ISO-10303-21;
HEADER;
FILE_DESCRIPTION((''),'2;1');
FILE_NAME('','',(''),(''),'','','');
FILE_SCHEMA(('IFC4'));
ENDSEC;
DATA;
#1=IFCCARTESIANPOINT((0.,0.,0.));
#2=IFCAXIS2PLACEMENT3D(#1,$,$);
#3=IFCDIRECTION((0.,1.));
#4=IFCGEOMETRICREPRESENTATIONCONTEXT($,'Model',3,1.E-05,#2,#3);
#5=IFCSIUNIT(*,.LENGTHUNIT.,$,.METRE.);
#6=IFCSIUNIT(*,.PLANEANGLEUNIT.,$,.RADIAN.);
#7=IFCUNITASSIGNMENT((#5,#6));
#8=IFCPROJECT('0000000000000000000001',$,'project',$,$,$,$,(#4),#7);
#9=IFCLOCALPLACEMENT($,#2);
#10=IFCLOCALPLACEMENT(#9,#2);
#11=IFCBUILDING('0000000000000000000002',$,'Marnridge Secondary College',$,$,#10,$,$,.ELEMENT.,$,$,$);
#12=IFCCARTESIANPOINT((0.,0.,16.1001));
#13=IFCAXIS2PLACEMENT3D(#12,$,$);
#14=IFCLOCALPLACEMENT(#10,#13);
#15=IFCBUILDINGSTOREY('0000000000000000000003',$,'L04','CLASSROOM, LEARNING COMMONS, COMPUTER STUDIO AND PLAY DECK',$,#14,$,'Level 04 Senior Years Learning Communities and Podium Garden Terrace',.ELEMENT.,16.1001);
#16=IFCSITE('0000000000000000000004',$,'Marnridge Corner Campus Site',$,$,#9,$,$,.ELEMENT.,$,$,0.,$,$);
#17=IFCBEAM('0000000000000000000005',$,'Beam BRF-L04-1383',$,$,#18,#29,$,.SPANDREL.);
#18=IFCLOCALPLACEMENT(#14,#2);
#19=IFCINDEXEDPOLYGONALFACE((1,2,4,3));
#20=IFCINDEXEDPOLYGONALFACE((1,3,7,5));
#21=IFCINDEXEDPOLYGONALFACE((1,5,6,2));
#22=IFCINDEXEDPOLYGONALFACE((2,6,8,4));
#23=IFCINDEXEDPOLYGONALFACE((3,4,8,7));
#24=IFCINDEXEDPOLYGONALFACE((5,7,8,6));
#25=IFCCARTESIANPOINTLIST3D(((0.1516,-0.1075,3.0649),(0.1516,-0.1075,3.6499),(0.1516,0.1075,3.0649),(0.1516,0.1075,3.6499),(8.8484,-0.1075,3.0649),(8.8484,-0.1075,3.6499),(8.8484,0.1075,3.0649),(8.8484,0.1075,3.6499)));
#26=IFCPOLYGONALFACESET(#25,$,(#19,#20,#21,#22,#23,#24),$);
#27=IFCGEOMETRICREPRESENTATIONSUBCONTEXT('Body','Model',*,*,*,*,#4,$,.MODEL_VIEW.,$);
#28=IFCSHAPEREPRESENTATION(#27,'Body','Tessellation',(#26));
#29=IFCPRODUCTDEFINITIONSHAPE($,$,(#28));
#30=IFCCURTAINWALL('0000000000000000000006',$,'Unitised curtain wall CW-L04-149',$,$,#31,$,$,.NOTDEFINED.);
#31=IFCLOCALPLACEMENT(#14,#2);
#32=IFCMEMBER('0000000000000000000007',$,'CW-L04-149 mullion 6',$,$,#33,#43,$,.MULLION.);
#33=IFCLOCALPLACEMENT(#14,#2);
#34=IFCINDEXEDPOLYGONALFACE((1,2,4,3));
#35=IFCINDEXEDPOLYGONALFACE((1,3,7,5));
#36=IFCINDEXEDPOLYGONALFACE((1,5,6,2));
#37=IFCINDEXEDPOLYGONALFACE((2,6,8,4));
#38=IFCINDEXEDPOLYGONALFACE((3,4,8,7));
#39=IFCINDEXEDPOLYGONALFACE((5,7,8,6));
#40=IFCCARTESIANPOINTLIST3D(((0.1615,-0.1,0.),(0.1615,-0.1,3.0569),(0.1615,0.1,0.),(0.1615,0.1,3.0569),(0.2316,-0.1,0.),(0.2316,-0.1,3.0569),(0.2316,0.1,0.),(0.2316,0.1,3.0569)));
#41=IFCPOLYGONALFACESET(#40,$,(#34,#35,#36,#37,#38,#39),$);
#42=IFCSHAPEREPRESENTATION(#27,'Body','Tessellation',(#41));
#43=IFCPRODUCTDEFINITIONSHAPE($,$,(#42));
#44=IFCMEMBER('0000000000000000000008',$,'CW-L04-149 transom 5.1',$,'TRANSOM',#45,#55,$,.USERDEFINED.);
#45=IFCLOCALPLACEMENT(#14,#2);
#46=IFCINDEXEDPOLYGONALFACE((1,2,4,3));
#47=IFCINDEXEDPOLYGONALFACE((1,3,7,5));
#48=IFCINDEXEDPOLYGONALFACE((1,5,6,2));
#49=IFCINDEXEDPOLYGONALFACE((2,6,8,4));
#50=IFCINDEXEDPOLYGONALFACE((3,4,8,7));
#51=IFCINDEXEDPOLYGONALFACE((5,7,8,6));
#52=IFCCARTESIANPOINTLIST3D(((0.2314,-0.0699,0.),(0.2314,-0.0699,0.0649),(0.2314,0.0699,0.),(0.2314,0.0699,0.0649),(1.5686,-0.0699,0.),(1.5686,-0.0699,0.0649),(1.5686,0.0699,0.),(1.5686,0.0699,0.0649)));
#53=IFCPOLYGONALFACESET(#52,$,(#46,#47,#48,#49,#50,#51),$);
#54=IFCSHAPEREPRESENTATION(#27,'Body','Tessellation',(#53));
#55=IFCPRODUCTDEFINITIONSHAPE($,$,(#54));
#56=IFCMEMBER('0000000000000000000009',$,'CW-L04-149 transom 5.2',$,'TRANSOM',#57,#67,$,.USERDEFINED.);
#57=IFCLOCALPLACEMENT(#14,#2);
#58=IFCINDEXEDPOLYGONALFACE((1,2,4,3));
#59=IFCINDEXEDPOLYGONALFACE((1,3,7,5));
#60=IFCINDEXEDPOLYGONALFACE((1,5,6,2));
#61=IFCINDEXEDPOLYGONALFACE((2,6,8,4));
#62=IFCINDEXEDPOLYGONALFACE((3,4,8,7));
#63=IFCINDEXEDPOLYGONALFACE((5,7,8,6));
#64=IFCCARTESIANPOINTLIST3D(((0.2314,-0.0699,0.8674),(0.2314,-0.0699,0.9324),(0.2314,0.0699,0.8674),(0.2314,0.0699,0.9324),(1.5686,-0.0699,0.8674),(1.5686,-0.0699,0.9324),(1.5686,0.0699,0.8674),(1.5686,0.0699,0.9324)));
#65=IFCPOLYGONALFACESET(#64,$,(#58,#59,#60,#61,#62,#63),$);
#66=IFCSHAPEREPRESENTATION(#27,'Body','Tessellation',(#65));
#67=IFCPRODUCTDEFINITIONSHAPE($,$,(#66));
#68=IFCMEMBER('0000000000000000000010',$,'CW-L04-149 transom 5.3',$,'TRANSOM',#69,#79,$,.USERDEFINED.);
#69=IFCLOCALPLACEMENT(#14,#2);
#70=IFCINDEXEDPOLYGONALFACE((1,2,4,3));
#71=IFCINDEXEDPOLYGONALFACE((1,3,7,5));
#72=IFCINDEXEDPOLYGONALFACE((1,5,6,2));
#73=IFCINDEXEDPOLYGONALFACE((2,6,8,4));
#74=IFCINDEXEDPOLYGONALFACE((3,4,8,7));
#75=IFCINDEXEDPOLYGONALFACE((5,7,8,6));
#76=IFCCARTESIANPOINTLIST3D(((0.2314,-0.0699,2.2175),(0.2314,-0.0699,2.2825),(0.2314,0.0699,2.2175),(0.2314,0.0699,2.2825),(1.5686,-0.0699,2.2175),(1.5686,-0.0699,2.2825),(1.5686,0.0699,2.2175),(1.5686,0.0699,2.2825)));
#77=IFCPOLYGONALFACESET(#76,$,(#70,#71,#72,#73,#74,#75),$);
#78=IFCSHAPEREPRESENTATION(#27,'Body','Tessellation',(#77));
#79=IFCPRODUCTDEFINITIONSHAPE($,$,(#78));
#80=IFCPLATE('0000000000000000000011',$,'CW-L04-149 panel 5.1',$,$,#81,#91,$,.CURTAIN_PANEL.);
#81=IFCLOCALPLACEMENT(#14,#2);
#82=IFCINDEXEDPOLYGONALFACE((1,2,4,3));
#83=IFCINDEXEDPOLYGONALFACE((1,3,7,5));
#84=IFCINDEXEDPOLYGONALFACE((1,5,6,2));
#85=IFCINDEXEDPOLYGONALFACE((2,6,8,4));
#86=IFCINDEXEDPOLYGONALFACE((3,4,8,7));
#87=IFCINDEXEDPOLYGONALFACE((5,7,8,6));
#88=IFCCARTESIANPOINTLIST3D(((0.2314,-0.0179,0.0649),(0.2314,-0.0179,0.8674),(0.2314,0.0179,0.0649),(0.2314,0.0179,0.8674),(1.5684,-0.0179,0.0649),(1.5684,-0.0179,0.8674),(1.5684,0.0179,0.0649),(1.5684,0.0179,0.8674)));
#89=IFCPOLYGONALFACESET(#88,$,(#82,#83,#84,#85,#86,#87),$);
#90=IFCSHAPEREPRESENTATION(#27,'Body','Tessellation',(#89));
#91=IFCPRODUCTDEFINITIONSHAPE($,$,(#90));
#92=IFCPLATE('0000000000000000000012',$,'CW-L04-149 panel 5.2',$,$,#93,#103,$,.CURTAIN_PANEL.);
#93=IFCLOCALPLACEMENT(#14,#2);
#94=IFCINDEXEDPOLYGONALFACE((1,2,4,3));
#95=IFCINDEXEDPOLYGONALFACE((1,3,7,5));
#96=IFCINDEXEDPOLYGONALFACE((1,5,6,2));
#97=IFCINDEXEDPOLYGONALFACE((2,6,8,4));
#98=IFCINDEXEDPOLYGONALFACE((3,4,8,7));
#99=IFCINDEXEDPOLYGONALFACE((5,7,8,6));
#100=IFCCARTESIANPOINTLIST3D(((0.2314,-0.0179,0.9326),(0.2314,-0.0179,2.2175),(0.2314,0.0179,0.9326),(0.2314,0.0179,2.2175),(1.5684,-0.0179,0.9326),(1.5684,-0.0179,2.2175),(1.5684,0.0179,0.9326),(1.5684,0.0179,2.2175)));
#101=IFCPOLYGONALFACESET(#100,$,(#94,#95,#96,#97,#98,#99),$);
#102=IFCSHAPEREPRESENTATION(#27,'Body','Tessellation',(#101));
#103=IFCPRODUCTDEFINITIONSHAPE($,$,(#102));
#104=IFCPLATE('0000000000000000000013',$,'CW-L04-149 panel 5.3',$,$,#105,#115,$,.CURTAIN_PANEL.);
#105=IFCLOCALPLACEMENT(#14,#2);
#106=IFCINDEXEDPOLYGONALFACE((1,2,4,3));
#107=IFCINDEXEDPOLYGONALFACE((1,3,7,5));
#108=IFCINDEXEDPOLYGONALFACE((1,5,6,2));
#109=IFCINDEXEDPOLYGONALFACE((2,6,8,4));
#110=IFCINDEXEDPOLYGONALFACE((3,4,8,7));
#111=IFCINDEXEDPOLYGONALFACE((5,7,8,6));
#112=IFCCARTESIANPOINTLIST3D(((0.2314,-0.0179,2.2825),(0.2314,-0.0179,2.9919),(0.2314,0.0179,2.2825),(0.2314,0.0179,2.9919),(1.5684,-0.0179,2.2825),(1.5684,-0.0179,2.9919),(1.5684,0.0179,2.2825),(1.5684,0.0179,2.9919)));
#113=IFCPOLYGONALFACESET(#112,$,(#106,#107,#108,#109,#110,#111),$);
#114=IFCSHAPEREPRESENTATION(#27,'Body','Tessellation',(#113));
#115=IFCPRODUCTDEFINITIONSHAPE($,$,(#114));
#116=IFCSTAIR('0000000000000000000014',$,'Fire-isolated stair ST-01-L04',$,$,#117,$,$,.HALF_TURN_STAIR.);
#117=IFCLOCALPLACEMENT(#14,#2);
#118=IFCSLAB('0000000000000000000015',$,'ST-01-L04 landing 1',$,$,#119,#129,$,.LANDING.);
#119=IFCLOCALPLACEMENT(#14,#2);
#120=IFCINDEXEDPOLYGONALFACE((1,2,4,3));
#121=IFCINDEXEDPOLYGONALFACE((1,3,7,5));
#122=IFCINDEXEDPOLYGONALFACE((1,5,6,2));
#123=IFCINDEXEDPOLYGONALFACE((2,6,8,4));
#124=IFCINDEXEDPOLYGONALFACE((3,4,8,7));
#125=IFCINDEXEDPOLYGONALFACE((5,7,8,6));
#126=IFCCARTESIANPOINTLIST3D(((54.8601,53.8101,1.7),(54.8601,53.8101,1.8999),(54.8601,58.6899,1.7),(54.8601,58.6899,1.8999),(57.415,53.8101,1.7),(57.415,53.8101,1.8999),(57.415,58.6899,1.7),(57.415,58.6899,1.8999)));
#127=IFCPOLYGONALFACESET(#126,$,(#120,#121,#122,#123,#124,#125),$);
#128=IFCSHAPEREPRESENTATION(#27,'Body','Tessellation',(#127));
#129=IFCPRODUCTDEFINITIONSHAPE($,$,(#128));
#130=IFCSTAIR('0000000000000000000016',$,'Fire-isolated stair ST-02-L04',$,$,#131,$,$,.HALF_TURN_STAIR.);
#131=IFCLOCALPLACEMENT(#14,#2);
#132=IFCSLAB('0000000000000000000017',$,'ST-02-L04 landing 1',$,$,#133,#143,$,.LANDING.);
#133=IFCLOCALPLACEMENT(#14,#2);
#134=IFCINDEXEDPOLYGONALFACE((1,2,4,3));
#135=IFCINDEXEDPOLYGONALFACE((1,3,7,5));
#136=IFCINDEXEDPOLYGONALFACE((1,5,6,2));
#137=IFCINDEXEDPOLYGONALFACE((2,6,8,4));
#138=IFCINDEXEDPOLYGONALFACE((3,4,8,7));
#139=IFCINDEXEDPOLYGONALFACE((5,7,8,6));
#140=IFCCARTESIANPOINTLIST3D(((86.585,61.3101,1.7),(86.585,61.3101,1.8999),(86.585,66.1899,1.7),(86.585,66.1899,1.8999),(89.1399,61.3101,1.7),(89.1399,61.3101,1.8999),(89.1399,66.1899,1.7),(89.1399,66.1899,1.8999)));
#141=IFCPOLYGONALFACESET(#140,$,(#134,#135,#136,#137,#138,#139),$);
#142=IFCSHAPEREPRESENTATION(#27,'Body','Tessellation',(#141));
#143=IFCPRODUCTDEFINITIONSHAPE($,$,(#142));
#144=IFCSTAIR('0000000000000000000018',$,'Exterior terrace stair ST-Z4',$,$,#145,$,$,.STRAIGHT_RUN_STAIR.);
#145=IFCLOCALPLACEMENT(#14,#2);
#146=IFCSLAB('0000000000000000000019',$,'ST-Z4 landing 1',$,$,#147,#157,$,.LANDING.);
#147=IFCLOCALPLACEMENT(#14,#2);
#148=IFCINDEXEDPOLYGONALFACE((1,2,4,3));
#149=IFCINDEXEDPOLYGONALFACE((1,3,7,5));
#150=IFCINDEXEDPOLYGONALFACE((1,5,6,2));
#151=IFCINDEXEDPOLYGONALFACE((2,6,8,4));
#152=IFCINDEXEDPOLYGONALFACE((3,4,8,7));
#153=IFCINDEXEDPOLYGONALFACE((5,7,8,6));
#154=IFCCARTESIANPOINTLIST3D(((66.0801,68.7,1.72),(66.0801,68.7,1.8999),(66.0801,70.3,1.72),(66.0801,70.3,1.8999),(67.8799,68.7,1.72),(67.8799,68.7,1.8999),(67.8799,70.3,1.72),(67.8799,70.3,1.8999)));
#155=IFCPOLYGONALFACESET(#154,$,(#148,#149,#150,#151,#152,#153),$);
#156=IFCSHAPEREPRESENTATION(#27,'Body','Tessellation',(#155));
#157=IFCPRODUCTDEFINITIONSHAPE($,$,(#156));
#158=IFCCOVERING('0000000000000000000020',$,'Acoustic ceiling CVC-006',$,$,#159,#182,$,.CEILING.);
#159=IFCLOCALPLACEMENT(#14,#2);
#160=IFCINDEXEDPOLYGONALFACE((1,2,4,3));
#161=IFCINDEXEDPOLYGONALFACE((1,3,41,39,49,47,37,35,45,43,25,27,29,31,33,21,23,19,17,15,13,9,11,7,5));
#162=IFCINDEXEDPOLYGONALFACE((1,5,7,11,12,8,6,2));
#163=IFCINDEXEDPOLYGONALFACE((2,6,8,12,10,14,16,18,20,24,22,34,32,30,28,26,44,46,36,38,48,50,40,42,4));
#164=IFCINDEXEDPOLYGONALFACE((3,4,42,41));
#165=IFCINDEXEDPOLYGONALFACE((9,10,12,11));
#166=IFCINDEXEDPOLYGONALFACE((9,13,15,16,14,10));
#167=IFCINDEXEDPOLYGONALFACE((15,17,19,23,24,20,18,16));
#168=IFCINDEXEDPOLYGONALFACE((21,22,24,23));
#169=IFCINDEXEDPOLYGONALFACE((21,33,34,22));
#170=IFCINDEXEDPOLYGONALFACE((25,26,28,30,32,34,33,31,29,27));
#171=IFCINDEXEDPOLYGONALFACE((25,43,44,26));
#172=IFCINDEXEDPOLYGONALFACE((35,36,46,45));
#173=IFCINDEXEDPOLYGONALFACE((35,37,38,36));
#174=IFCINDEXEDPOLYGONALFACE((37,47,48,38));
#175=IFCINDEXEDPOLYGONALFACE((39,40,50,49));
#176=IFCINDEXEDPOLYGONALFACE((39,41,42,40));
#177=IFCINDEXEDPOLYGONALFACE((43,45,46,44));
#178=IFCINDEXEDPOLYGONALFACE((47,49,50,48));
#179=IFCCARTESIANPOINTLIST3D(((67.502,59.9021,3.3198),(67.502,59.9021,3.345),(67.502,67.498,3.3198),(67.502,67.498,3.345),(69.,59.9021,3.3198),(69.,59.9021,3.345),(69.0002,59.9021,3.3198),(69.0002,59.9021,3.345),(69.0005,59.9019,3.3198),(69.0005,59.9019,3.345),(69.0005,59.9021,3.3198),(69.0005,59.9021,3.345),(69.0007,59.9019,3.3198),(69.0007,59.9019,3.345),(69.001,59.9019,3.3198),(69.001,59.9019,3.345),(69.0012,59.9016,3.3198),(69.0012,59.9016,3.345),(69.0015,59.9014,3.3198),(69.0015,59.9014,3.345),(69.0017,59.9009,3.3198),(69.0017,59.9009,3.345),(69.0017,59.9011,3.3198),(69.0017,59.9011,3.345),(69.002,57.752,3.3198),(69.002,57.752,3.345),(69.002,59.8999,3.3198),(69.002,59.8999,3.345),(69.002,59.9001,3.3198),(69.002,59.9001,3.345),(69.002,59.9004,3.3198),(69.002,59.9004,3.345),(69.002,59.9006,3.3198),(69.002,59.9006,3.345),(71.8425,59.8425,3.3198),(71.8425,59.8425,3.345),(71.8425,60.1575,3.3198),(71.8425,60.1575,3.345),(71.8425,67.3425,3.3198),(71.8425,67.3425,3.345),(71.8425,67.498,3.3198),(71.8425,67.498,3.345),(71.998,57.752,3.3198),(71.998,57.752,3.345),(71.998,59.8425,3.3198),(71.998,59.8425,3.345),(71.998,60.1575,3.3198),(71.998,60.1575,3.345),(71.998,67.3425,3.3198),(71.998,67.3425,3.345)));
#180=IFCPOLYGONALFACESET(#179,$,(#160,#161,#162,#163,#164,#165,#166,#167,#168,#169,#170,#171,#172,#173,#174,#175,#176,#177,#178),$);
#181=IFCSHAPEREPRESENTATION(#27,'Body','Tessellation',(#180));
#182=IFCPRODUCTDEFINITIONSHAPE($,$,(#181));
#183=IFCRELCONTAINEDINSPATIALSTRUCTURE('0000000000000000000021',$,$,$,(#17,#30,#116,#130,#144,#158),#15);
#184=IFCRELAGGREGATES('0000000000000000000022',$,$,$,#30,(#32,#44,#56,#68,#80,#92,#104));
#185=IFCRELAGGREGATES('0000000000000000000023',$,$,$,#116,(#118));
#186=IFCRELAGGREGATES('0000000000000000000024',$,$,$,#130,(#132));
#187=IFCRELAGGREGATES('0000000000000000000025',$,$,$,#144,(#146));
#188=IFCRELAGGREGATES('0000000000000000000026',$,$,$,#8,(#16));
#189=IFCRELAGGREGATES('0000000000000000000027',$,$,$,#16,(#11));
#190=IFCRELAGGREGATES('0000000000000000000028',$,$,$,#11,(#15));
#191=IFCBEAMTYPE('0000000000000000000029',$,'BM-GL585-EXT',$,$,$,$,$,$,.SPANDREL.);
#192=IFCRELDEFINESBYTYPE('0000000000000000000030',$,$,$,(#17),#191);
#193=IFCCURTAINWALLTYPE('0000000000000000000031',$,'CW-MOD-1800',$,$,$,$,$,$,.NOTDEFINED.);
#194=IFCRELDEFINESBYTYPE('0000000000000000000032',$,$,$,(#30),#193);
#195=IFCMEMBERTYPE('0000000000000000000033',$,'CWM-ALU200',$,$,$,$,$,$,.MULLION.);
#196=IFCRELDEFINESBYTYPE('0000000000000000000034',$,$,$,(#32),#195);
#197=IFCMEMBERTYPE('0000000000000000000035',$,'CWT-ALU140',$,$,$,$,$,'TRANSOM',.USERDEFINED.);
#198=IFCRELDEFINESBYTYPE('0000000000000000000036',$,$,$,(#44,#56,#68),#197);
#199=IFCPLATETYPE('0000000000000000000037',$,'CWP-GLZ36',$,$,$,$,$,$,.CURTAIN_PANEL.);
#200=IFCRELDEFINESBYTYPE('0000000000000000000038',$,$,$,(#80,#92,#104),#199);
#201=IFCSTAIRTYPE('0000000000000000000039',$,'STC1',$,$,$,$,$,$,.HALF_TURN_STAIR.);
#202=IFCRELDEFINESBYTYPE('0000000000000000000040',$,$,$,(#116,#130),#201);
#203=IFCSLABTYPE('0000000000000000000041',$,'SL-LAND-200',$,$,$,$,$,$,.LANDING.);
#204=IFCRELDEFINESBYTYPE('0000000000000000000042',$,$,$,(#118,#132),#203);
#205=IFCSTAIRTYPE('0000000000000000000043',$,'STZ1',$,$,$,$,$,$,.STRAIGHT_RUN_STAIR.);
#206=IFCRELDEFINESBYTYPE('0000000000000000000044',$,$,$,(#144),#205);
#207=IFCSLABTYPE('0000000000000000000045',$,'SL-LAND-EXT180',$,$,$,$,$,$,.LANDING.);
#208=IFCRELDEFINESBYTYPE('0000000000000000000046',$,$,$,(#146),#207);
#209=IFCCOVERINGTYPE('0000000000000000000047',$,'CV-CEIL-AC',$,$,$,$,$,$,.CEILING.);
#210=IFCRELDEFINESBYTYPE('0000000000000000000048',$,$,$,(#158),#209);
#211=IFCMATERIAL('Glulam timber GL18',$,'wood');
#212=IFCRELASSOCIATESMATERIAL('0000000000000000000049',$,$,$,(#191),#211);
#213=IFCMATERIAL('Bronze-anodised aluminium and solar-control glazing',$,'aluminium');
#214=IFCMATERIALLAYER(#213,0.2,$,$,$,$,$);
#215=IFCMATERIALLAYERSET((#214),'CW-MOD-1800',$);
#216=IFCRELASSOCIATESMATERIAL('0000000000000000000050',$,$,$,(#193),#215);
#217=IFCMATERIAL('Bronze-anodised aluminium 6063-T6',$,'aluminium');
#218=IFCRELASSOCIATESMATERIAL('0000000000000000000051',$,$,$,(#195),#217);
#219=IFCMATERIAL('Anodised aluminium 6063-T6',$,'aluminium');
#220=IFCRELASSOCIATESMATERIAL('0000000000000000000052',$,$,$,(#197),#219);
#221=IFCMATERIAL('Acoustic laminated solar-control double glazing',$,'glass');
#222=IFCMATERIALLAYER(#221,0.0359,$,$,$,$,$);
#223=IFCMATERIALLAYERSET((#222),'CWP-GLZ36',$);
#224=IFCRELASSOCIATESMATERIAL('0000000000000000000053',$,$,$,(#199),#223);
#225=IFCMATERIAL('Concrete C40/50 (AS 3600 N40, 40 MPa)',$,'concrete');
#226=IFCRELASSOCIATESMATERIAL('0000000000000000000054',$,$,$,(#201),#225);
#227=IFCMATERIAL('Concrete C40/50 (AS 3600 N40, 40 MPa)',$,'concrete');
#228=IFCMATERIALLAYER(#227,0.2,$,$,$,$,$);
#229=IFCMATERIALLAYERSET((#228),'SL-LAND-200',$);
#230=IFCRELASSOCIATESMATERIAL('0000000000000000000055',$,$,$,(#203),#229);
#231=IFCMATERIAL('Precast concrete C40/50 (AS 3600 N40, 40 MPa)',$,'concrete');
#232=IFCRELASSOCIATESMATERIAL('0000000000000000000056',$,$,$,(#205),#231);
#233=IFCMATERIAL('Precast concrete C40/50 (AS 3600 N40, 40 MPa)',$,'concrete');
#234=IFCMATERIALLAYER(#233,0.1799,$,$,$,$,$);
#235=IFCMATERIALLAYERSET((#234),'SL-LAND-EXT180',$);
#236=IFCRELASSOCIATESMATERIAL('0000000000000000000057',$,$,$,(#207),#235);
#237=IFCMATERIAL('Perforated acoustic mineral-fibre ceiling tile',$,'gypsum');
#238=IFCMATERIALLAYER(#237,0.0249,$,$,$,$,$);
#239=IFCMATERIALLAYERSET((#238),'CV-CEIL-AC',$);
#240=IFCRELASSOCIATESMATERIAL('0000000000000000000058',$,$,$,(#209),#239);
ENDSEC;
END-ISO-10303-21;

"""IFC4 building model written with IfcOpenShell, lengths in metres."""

from ifc_helpers import new_model, si_unit, direction, frame, origin, origin_2d, place, context, subcontext, project, spatial, polyline, rectangle, outline, extrude, material, layer, layer_set, material_profile, profile_set, type_object, element, aggregate, save


model = new_model("IFC4")

# Units and contexts
model_context = context("Model", 3, precision=1e-05, world=origin(), true_north=direction((0.0, 1.0)))
body_context = subcontext(model_context, "Body", "Model", "MODEL_VIEW")
ifc_project = project(units=[si_unit("LENGTHUNIT", "METRE"), si_unit("PLANEANGLEUNIT", "RADIAN")], contexts=[model_context])

# Site, building, storey
site_placement = place(None, origin())
site = spatial("IfcSite", under=ifc_project, at=site_placement, Name="Marnridge Corner Campus Site", CompositionType="ELEMENT", RefElevation=0.0)
building_placement = place(site_placement, origin())
building = spatial("IfcBuilding", under=site, at=building_placement, Name="Marnridge Secondary College", CompositionType="ELEMENT")
storey_placement = place(building_placement, frame((0.0, 0.0, 16.1001)))
storey = spatial("IfcBuildingStorey", under=building, at=storey_placement, Name="L04", Description="CLASSROOM, LEARNING COMMONS, COMPUTER STUDIO AND PLAY DECK", LongName="Level 04 Senior Years Learning Communities and Podium Garden Terrace", CompositionType="ELEMENT", Elevation=16.1001)

# Beam
ifc_material_1 = material(Name="Glulam timber GL18", Category="wood")
ifc_material_profile_1 = material_profile(ifc_material_1, rectangle(XDim=0.2151, YDim=0.585, at=origin_2d()), Name="GL18 215x585")
ifc_profile_set_1 = profile_set([ifc_material_profile_1], Name="Glulam timber GL18")
beam_type = type_object("IfcBeamType", Name="BM-GL585-EXT", PredefinedType="SPANDREL", material=ifc_profile_set_1)
beam_placement = place(storey_placement, frame((0.1516, 0.0, 3.3574), z_axis=(1.0, 0.0, 0.0), x_axis=(0.0, 1.0, 0.0)))
element("IfcBeam", 1, at=beam_placement, inside=storey, type_object=beam_type, Name="Beam BRF-L04-1383", PredefinedType="SPANDREL", context=body_context, shape_type="SweptSolid", body=[
    extrude(rectangle(XDim=0.2151, YDim=0.585, at=origin_2d()), origin(), (0.0, 0.0, 1.0), 8.6968),
])

# Curtain wall, members, plates
ifc_material_2 = material(Name="Bronze-anodised aluminium and solar-control glazing", Category="aluminium")
ifc_layer_1 = layer(ifc_material_2, 0.2)
ifc_layer_set_1 = layer_set([ifc_layer_1], Name="CW-MOD-1800")
curtain_wall_type = type_object("IfcCurtainWallType", Name="CW-MOD-1800", PredefinedType="NOTDEFINED", material=ifc_layer_set_1)
curtain_wall_placement = place(storey_placement, origin())
curtain_wall = element("IfcCurtainWall", 2, at=curtain_wall_placement, inside=storey, type_object=curtain_wall_type, Name="Unitised curtain wall CW-L04-149", PredefinedType="NOTDEFINED")
ifc_material_3 = material(Name="Bronze-anodised aluminium 6063-T6", Category="aluminium")
ifc_material_profile_2 = material_profile(ifc_material_3, rectangle(XDim=0.0701, YDim=0.2, at=origin_2d()), Name="ALU 70x200")
ifc_profile_set_2 = profile_set([ifc_material_profile_2], Name="Bronze-anodised aluminium 6063-T6")
member_type_1 = type_object("IfcMemberType", Name="CWM-ALU200", PredefinedType="MULLION", material=ifc_profile_set_2)
member_1_placement = place(storey_placement, frame((0.1965, 0.0, 0.0), z_axis=(0.0, 0.0, 1.0), x_axis=(-1.0, 0.0, 0.0)))
member_1 = element("IfcMember", 3, at=member_1_placement, type_object=member_type_1, Name="CW-L04-149 mullion 6", PredefinedType="MULLION", context=body_context, shape_type="SweptSolid", body=[
    extrude(rectangle(XDim=0.0701, YDim=0.2, at=origin_2d()), origin(), (0.0, 0.0, 1.0), 3.0569),
])
ifc_material_4 = material(Name="Anodised aluminium 6063-T6", Category="aluminium")
ifc_material_profile_3 = material_profile(ifc_material_4, rectangle(XDim=0.0649, YDim=0.1399, at=origin_2d()), Name="ALU 65x140")
ifc_profile_set_3 = profile_set([ifc_material_profile_3], Name="Anodised aluminium 6063-T6")
member_type_2 = type_object("IfcMemberType", Name="CWT-ALU140", ElementType="TRANSOM", PredefinedType="USERDEFINED", material=ifc_profile_set_3)
member_2_placement = place(storey_placement, frame((1.5686, 0.0, 0.0325), z_axis=(-1.0, 0.0, 0.0), x_axis=(0.0, 0.0, 1.0)))
member_2 = element("IfcMember", 4, at=member_2_placement, type_object=member_type_2, Name="CW-L04-149 transom 5.1", ObjectType="TRANSOM", PredefinedType="USERDEFINED", context=body_context, shape_type="SweptSolid", body=[
    extrude(rectangle(XDim=0.0649, YDim=0.1399, at=origin_2d()), origin(), (0.0, 0.0, 1.0), 1.3372),
])
member_3_placement = place(storey_placement, frame((1.5686, 0.0, 0.8999), z_axis=(-1.0, 0.0, 0.0), x_axis=(0.0, 0.0, 1.0)))
member_3 = element("IfcMember", 5, at=member_3_placement, type_object=member_type_2, Name="CW-L04-149 transom 5.2", ObjectType="TRANSOM", PredefinedType="USERDEFINED", context=body_context, shape_type="SweptSolid", body=[
    extrude(rectangle(XDim=0.0649, YDim=0.1399, at=origin_2d()), origin(), (0.0, 0.0, 1.0), 1.3372),
])
member_4_placement = place(storey_placement, frame((1.5686, 0.0, 2.25), z_axis=(-1.0, 0.0, 0.0), x_axis=(0.0, 0.0, 1.0)))
member_4 = element("IfcMember", 6, at=member_4_placement, type_object=member_type_2, Name="CW-L04-149 transom 5.3", ObjectType="TRANSOM", PredefinedType="USERDEFINED", context=body_context, shape_type="SweptSolid", body=[
    extrude(rectangle(XDim=0.0649, YDim=0.1399, at=origin_2d()), origin(), (0.0, 0.0, 1.0), 1.3372),
])
ifc_material_5 = material(Name="Acoustic laminated solar-control double glazing", Category="glass")
ifc_layer_2 = layer(ifc_material_5, 0.0359)
ifc_layer_set_2 = layer_set([ifc_layer_2], Name="CWP-GLZ36")
plate_type = type_object("IfcPlateType", Name="CWP-GLZ36", PredefinedType="CURTAIN_PANEL", material=ifc_layer_set_2)
plate_1_placement = place(storey_placement, frame((0.8999, 0.0, 0.0649), z_axis=(0.0, 0.0, 1.0), x_axis=(-1.0, 0.0, 0.0)))
plate_1 = element("IfcPlate", 7, at=plate_1_placement, type_object=plate_type, Name="CW-L04-149 panel 5.1", PredefinedType="CURTAIN_PANEL", context=body_context, shape_type="SweptSolid", body=[
    extrude(rectangle(XDim=1.3369, YDim=0.0359, at=origin_2d()), origin(), (0.0, 0.0, 1.0), 0.8025),
])
plate_2_placement = place(storey_placement, frame((0.8999, 0.0, 0.9326), z_axis=(0.0, 0.0, 1.0), x_axis=(-1.0, 0.0, 0.0)))
plate_2 = element("IfcPlate", 8, at=plate_2_placement, type_object=plate_type, Name="CW-L04-149 panel 5.2", PredefinedType="CURTAIN_PANEL", context=body_context, shape_type="SweptSolid", body=[
    extrude(rectangle(XDim=1.3369, YDim=0.0359, at=origin_2d()), origin(), (0.0, 0.0, 1.0), 1.2849),
])
plate_3_placement = place(storey_placement, frame((0.8999, 0.0, 2.2825), z_axis=(0.0, 0.0, 1.0), x_axis=(-1.0, 0.0, 0.0)))
plate_3 = element("IfcPlate", 9, at=plate_3_placement, type_object=plate_type, Name="CW-L04-149 panel 5.3", PredefinedType="CURTAIN_PANEL", context=body_context, shape_type="SweptSolid", body=[
    extrude(rectangle(XDim=1.3369, YDim=0.0359, at=origin_2d()), origin(), (0.0, 0.0, 1.0), 0.7095),
])
aggregate(curtain_wall, [member_1, member_2, member_3, member_4, plate_1, plate_2, plate_3])

# Stairs, slabs
ifc_material_6 = material(Name="Concrete C40/50 (AS 3600 N40, 40 MPa)", Category="concrete")
stair_type_1 = type_object("IfcStairType", Name="STC1", PredefinedType="HALF_TURN_STAIR", material=ifc_material_6)
stair_1_placement = place(storey_placement, origin())
stair_1 = element("IfcStair", 10, at=stair_1_placement, inside=storey, type_object=stair_type_1, Name="Fire-isolated stair ST-01-L04", PredefinedType="HALF_TURN_STAIR")
ifc_material_7 = material(Name="Concrete C40/50 (AS 3600 N40, 40 MPa)", Category="concrete")
ifc_layer_3 = layer(ifc_material_7, 0.2)
ifc_layer_set_3 = layer_set([ifc_layer_3], Name="SL-LAND-200")
slab_type_1 = type_object("IfcSlabType", Name="SL-LAND-200", PredefinedType="LANDING", material=ifc_layer_set_3)
slab_1_placement = place(storey_placement, frame((0.0, 0.0, 1.7)))
slab_1 = element("IfcSlab", 11, at=slab_1_placement, type_object=slab_type_1, Name="ST-01-L04 landing 1", PredefinedType="LANDING", context=body_context, shape_type="SweptSolid", body=[
    extrude(outline(polyline([(54.8601, 53.8101), (57.415, 53.8101), (57.415, 58.6899), (54.8601, 58.6899), (54.8601, 53.8101)])), origin(), (0.0, 0.0, 1.0), 0.2),
])
aggregate(stair_1, [slab_1])
stair_2_placement = place(storey_placement, origin())
stair_2 = element("IfcStair", 12, at=stair_2_placement, inside=storey, type_object=stair_type_1, Name="Fire-isolated stair ST-02-L04", PredefinedType="HALF_TURN_STAIR")
slab_2_placement = place(storey_placement, frame((0.0, 0.0, 1.7)))
slab_2 = element("IfcSlab", 13, at=slab_2_placement, type_object=slab_type_1, Name="ST-02-L04 landing 1", PredefinedType="LANDING", context=body_context, shape_type="SweptSolid", body=[
    extrude(outline(polyline([(86.585, 61.3101), (89.1399, 61.3101), (89.1399, 66.1899), (86.585, 66.1899), (86.585, 61.3101)])), origin(), (0.0, 0.0, 1.0), 0.2),
])
aggregate(stair_2, [slab_2])
ifc_material_8 = material(Name="Precast concrete C40/50 (AS 3600 N40, 40 MPa)", Category="concrete")
stair_type_2 = type_object("IfcStairType", Name="STZ1", PredefinedType="STRAIGHT_RUN_STAIR", material=ifc_material_8)
stair_3_placement = place(storey_placement, origin())
stair_3 = element("IfcStair", 14, at=stair_3_placement, inside=storey, type_object=stair_type_2, Name="Exterior terrace stair ST-Z4", PredefinedType="STRAIGHT_RUN_STAIR")
ifc_material_9 = material(Name="Precast concrete C40/50 (AS 3600 N40, 40 MPa)", Category="concrete")
ifc_layer_4 = layer(ifc_material_9, 0.1799)
ifc_layer_set_4 = layer_set([ifc_layer_4], Name="SL-LAND-EXT180")
slab_type_2 = type_object("IfcSlabType", Name="SL-LAND-EXT180", PredefinedType="LANDING", material=ifc_layer_set_4)
slab_3_placement = place(storey_placement, frame((0.0, 0.0, 1.72)))
slab_3 = element("IfcSlab", 15, at=slab_3_placement, type_object=slab_type_2, Name="ST-Z4 landing 1", PredefinedType="LANDING", context=body_context, shape_type="SweptSolid", body=[
    extrude(outline(polyline([(66.0801, 68.7), (67.8799, 68.7), (67.8799, 70.3), (66.0801, 70.3), (66.0801, 68.7)])), origin(), (0.0, 0.0, 1.0), 0.1799),
])
aggregate(stair_3, [slab_3])

# Covering
ifc_material_10 = material(Name="Perforated acoustic mineral-fibre ceiling tile", Category="gypsum")
ifc_layer_5 = layer(ifc_material_10, 0.0249)
ifc_layer_set_5 = layer_set([ifc_layer_5], Name="CV-CEIL-AC")
covering_type_1 = type_object("IfcCoveringType", Name="CV-CEIL-AC", PredefinedType="CEILING", material=ifc_layer_set_5)
covering_1_placement = place(storey_placement, frame((0.0, 0.0, 3.3198)))
element("IfcCovering", 16, at=covering_1_placement, inside=storey, type_object=covering_type_1, Name="Acoustic ceiling CVC-006", PredefinedType="CEILING", context=body_context, shape_type="SweptSolid", body=[
    extrude(outline(polyline([(69.002, 59.8999), (69.002, 59.9001), (69.002, 59.9004), (69.002, 59.9006), (69.0017, 59.9009), (69.0017, 59.9009), (69.0017, 59.9011), (69.0015, 59.9014), (69.0015, 59.9014), (69.0012, 59.9016), (69.0012, 59.9016), (69.001, 59.9019), (69.0007, 59.9019), (69.0005, 59.9019), (69.0005, 59.9021), (69.0002, 59.9021), (69.0, 59.9021), (67.502, 59.9021), (67.502, 67.498), (71.8425, 67.498), (71.8425, 67.3425), (71.998, 67.3425), (71.998, 60.1575), (71.8425, 60.1575), (71.8425, 59.8425), (71.998, 59.8425), (71.998, 57.752), (69.002, 57.752), (69.002, 59.8999)])), origin(), (0.0, 0.0, 1.0), 0.0251),
])

save(model, "model.ifc")
